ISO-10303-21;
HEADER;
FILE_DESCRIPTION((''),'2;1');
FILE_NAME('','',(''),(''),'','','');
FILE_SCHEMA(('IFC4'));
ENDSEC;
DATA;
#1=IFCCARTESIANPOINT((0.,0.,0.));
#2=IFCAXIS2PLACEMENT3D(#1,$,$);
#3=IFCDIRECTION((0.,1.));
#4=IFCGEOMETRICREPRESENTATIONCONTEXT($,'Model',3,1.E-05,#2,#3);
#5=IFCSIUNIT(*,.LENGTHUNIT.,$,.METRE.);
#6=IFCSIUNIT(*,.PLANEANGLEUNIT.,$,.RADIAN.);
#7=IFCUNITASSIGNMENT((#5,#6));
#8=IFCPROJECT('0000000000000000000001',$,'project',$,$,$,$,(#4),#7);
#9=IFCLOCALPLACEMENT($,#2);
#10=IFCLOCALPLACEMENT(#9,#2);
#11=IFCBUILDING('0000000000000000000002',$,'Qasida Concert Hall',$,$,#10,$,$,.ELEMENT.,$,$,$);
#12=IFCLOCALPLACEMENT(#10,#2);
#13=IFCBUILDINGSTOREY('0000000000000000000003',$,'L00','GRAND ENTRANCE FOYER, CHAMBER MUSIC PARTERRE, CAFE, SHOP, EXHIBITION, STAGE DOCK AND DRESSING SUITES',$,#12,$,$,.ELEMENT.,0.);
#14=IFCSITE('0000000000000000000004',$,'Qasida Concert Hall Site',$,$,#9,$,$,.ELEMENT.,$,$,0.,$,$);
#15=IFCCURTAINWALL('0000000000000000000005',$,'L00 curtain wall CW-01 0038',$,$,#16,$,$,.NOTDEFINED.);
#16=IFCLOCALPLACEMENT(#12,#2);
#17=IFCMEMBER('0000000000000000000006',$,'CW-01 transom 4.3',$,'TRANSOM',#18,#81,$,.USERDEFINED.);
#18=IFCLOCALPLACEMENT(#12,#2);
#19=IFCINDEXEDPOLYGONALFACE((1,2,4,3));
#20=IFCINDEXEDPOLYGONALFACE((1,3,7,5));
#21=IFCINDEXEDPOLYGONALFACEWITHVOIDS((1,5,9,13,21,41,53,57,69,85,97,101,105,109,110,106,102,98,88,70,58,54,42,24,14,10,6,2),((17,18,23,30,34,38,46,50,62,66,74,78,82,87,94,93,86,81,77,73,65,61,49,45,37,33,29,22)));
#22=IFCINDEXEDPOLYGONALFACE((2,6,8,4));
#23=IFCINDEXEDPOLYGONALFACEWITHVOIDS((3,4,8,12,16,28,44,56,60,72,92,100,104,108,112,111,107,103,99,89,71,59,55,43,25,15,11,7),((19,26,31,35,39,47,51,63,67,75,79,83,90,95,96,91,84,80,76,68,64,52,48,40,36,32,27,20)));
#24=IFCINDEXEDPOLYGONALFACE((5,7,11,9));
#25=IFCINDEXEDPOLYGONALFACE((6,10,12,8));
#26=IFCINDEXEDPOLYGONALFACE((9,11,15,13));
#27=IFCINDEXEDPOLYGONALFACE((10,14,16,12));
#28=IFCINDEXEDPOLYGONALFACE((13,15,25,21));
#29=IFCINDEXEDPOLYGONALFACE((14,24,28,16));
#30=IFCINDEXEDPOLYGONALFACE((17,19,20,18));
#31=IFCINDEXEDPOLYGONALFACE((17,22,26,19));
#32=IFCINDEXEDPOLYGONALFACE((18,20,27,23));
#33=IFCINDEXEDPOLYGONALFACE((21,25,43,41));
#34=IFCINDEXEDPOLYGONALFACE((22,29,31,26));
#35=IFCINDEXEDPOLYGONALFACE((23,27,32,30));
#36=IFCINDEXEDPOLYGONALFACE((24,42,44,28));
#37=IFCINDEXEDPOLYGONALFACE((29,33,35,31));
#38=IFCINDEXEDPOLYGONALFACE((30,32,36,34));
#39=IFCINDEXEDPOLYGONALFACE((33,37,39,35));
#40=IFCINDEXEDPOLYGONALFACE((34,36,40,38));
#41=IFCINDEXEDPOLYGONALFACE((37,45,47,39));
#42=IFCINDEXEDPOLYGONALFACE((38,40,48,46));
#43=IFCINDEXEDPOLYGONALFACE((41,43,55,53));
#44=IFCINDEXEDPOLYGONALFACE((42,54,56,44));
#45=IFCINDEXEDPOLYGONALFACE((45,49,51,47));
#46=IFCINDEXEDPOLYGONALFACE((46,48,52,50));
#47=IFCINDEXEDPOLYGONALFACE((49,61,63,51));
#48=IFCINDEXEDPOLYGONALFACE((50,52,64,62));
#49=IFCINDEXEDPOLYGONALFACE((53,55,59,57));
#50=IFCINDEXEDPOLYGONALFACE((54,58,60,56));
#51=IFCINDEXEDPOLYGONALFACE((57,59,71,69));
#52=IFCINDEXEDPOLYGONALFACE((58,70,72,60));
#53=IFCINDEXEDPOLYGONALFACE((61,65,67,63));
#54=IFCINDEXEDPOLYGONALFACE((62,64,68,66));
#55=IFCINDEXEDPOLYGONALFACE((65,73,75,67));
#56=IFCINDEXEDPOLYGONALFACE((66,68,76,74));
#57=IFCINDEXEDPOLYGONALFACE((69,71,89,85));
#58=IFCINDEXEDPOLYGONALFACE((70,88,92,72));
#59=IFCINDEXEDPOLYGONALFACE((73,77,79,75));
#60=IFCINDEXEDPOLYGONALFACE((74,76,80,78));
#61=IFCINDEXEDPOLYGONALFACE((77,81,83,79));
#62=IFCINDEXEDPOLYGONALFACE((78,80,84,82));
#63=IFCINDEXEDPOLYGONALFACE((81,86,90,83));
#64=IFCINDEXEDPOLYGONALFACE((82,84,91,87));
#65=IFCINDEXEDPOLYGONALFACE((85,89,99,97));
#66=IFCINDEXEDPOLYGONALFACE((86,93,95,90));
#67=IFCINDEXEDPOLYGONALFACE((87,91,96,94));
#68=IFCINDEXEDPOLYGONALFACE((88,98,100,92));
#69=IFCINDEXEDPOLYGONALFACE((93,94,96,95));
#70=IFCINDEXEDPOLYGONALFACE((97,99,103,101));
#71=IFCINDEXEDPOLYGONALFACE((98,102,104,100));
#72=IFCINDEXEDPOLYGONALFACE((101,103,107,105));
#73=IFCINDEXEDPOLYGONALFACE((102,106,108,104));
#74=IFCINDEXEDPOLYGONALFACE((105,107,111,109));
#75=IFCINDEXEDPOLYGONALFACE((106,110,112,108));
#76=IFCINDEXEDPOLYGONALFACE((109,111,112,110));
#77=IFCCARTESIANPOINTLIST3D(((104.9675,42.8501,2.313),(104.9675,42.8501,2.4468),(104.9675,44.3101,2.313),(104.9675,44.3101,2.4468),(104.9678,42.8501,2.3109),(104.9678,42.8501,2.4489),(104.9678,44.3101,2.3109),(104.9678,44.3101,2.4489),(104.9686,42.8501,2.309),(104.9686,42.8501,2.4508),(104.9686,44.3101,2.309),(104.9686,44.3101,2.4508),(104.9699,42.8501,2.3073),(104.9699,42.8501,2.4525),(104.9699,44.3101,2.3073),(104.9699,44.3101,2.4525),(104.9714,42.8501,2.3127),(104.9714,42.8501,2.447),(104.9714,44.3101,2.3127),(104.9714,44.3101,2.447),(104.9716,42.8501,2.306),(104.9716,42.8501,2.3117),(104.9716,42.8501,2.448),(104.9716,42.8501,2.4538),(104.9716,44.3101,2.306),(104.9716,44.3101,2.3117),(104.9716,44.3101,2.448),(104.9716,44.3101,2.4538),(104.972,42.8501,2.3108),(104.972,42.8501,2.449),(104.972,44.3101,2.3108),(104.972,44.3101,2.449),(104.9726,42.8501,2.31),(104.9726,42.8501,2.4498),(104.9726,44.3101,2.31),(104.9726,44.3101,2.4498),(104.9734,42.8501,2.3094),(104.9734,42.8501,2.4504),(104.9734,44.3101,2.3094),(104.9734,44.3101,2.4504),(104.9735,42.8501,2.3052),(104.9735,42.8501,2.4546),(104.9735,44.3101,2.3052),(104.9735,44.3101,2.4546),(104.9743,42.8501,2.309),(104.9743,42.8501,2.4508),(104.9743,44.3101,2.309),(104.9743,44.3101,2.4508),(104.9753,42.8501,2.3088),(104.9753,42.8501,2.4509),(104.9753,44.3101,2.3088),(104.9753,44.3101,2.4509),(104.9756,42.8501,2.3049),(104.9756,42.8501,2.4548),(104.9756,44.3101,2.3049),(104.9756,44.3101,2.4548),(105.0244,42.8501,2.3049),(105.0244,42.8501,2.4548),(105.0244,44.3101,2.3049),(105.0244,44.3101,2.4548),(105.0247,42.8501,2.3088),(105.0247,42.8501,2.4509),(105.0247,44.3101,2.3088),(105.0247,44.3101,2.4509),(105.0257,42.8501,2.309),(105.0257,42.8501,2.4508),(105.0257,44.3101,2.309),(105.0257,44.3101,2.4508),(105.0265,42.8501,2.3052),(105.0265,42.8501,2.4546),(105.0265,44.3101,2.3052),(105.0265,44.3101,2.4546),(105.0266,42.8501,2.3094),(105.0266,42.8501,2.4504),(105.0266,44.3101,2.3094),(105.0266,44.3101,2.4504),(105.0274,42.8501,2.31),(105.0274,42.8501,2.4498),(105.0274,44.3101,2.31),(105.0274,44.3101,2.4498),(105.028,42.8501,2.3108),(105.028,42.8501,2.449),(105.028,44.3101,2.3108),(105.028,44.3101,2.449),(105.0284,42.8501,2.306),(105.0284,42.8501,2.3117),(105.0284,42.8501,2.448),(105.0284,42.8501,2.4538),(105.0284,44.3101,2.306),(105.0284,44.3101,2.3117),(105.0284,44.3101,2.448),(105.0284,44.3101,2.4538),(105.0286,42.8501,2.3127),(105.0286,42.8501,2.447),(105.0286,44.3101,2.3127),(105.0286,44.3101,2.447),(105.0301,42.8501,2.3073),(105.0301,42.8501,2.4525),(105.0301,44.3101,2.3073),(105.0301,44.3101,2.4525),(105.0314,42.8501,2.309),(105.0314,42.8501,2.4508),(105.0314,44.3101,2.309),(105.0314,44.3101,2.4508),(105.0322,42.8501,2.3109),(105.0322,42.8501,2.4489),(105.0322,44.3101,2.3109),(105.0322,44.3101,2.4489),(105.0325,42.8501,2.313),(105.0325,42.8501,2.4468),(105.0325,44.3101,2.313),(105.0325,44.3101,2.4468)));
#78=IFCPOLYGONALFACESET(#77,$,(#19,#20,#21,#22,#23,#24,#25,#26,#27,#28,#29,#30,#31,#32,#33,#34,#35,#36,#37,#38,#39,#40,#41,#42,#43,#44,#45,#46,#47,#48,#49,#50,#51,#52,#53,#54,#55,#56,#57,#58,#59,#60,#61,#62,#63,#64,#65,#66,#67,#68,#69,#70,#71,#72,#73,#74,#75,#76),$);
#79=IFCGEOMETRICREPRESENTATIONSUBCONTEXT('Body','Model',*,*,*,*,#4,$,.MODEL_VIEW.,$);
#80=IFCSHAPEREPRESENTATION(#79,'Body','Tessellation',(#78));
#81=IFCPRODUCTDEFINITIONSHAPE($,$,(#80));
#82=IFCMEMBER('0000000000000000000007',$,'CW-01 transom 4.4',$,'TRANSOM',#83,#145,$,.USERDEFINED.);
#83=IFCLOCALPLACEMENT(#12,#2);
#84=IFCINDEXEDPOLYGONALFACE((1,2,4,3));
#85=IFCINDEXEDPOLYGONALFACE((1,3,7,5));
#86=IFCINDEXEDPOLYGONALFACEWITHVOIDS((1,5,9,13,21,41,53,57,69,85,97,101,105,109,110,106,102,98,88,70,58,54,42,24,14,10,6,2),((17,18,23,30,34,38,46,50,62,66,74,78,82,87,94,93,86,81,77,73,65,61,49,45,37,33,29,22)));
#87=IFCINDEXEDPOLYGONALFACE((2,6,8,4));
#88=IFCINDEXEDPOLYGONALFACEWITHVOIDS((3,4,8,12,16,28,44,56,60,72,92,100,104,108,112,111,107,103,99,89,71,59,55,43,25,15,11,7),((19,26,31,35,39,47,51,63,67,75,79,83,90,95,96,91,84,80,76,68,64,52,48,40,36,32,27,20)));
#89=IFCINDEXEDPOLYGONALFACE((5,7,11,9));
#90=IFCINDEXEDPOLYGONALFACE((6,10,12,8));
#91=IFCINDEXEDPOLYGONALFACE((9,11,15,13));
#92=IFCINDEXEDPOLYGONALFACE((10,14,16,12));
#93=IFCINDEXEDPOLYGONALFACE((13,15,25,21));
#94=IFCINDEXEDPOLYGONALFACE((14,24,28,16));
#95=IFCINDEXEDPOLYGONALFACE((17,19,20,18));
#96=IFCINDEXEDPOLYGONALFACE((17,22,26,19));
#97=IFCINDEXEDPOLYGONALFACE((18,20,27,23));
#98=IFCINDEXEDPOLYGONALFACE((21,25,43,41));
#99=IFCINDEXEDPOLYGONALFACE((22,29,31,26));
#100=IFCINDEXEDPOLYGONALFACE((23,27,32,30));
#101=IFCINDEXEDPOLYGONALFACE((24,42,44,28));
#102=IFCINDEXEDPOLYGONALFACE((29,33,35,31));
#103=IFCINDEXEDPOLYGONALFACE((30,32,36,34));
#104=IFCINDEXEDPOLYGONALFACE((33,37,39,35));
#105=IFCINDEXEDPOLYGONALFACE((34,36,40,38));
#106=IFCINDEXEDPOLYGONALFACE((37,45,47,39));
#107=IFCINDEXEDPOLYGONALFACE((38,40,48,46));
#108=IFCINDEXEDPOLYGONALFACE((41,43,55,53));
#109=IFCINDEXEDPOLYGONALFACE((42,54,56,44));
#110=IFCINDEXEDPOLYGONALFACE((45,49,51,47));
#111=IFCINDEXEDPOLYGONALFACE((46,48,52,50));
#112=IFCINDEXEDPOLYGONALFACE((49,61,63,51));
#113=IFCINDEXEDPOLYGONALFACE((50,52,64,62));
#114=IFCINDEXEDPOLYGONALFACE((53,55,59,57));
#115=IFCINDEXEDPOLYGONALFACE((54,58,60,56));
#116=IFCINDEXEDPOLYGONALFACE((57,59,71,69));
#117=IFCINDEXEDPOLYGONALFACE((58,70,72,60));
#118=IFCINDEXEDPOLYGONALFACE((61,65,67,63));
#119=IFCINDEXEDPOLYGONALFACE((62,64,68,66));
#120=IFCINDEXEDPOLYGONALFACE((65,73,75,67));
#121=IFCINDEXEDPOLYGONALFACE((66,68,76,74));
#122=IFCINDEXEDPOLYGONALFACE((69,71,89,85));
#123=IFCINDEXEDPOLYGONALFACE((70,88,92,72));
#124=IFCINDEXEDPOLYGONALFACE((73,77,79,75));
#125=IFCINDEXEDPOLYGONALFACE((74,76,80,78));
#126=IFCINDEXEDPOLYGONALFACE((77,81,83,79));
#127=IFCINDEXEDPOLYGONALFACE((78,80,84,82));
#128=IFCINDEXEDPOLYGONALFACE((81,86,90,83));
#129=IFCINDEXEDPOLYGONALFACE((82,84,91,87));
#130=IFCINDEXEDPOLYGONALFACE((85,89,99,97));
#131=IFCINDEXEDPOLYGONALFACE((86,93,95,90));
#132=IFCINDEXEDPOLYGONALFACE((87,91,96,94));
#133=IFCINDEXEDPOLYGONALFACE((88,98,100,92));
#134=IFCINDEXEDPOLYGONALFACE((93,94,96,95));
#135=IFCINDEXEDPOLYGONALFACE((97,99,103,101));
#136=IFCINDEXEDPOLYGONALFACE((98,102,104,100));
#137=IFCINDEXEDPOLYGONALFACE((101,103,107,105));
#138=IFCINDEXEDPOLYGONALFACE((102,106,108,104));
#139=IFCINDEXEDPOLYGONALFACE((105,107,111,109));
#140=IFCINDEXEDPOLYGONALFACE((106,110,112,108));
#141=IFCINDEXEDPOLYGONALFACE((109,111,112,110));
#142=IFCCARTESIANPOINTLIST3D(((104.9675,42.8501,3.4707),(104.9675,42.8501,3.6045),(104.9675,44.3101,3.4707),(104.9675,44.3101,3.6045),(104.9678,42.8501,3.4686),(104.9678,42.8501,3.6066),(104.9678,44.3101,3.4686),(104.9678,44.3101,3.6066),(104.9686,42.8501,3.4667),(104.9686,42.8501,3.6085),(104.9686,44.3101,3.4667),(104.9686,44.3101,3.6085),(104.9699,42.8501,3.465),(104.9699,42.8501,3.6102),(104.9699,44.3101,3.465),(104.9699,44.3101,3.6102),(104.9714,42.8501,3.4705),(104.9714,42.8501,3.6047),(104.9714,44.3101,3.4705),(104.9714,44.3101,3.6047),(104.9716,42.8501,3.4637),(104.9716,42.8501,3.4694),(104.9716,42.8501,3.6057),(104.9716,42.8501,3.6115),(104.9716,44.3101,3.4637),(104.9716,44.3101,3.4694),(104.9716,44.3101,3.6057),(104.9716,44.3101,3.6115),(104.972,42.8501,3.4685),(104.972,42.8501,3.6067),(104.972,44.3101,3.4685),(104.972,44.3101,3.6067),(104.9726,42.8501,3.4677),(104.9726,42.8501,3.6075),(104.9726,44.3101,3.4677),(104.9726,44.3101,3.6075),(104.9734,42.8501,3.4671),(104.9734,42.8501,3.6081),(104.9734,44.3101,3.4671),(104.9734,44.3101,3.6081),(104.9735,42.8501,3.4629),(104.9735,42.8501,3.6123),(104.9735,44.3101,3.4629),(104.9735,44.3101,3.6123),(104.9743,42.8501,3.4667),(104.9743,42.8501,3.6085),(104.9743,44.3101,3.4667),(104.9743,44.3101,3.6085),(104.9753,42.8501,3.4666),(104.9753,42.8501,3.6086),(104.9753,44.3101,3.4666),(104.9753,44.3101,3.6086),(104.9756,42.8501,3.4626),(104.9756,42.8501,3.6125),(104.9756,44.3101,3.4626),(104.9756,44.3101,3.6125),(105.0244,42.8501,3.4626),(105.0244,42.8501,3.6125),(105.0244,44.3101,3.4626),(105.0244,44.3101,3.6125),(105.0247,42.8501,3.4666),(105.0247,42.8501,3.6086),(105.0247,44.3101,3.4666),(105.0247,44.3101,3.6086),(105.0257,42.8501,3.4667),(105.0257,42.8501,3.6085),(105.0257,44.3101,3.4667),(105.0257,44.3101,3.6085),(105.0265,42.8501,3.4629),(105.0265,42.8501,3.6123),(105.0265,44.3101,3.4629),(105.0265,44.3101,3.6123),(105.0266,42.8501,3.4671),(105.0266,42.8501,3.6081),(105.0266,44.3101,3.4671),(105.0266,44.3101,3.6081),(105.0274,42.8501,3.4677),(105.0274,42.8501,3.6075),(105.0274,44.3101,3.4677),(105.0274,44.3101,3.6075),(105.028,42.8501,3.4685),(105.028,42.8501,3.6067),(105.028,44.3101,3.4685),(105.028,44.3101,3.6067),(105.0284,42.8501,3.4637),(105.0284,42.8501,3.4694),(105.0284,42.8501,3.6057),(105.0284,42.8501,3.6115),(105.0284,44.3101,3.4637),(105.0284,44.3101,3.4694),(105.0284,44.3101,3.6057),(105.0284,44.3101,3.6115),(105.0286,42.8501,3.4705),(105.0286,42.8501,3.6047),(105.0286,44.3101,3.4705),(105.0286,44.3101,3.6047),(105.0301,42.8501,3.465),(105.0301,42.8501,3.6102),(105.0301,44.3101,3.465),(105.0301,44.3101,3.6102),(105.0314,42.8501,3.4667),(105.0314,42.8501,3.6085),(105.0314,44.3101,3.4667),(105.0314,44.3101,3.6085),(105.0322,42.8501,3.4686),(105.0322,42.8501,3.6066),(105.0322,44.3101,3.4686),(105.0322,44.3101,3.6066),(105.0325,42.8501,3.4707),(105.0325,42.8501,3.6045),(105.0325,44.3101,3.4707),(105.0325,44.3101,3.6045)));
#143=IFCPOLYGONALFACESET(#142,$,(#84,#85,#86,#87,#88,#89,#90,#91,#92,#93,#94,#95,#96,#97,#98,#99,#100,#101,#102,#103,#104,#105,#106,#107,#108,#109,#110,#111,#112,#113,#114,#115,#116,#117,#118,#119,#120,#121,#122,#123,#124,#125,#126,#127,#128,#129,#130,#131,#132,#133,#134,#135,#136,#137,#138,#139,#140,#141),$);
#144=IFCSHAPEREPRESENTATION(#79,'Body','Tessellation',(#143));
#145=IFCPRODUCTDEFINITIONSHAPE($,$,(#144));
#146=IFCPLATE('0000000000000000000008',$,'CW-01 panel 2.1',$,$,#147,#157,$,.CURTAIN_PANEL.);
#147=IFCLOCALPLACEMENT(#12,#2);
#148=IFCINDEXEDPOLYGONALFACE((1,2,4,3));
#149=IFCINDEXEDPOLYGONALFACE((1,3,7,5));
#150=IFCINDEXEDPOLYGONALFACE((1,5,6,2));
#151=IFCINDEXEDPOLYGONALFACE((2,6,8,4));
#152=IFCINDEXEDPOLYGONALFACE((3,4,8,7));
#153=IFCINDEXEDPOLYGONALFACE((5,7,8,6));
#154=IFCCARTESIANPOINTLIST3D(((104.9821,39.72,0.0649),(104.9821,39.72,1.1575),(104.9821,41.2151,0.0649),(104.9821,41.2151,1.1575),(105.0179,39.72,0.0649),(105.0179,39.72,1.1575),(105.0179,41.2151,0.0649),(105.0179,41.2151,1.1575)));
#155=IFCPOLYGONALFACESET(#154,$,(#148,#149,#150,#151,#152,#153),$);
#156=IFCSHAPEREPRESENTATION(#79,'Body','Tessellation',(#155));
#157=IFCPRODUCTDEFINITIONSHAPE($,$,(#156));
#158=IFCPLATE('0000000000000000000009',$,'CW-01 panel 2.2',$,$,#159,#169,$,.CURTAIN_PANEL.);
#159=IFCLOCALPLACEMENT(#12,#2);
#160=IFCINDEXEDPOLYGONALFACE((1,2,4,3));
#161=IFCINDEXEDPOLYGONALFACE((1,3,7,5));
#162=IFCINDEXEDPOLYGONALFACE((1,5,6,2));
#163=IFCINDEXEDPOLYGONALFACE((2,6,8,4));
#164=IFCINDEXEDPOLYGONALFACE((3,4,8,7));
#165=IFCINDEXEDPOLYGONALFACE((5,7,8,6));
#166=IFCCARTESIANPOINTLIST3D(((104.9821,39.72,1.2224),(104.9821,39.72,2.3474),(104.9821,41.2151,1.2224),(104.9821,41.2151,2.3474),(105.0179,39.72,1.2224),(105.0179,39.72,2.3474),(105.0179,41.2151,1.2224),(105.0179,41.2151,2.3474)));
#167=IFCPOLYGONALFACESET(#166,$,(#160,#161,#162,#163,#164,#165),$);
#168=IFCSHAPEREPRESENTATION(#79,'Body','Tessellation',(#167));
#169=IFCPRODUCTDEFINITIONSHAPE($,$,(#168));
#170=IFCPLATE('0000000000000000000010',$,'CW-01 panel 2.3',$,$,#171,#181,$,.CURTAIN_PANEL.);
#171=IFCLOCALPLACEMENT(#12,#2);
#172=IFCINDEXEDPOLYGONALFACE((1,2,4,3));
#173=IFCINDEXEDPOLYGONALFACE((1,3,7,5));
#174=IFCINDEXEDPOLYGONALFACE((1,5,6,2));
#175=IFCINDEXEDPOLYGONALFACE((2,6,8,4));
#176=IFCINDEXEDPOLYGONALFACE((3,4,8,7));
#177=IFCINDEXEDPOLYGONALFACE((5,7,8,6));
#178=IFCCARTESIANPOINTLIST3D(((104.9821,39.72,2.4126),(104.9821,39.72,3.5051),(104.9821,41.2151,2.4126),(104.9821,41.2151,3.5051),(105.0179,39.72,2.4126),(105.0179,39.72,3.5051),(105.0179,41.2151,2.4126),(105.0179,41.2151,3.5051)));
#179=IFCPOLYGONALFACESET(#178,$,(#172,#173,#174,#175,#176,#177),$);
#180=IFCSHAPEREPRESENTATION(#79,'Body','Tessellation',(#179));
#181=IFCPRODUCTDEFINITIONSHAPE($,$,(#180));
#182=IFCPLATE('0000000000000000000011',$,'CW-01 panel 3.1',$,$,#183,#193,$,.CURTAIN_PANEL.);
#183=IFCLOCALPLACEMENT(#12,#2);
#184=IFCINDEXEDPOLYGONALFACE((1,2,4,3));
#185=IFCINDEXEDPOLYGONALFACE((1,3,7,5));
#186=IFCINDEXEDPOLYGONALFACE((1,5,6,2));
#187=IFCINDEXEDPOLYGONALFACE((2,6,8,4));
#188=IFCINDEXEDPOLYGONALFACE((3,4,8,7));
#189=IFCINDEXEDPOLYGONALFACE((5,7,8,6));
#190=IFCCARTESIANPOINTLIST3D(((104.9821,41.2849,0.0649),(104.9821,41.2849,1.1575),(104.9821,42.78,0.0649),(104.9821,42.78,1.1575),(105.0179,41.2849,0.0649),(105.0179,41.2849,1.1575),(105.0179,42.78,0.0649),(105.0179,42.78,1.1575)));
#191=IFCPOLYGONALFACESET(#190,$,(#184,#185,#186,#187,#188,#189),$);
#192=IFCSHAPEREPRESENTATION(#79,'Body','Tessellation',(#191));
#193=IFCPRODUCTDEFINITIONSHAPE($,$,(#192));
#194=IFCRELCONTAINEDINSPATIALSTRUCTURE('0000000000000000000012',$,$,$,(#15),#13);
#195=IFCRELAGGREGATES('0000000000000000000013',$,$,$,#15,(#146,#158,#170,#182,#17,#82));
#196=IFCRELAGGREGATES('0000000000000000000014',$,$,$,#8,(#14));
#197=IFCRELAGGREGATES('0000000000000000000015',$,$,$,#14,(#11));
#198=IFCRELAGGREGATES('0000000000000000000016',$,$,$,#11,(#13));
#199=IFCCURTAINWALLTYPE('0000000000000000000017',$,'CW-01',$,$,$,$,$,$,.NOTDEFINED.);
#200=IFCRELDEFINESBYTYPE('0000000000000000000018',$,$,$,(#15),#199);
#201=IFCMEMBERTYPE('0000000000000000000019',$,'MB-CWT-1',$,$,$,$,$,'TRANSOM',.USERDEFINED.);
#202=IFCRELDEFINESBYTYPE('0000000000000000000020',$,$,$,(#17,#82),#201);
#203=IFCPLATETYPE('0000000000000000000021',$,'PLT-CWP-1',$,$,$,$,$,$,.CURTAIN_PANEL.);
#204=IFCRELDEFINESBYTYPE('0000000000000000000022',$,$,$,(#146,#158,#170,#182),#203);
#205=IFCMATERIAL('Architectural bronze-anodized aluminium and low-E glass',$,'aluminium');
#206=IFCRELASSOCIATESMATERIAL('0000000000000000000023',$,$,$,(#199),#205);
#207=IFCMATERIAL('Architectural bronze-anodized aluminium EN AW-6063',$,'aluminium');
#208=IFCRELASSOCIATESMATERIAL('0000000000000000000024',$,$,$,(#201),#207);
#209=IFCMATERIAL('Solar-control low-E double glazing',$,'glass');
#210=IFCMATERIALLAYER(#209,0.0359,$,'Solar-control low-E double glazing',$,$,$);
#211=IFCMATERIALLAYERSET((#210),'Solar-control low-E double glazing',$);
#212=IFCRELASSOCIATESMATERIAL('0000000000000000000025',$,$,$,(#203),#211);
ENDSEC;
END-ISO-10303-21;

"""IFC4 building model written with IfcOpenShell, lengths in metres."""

from ifc_helpers import new_model, si_unit, direction, frame, origin, origin_2d, place, context, subcontext, project, spatial, rectangle, hollow_rectangle, extrude, material, layer, layer_set, material_profile, profile_set, type_object, element, aggregate, save


model = new_model("IFC4")

# Units and contexts
model_context = context("Model", 3, precision=1e-05, world=origin(), true_north=direction((0.0, 1.0)))
body_context = subcontext(model_context, "Body", "Model", "MODEL_VIEW")
ifc_project = project(units=[si_unit("LENGTHUNIT", "METRE"), si_unit("PLANEANGLEUNIT", "RADIAN")], contexts=[model_context])

# Site, building, storey
site_placement = place(None, origin())
site = spatial("IfcSite", under=ifc_project, at=site_placement, Name="Qasida Concert Hall Site", CompositionType="ELEMENT", RefElevation=0.0)
building_placement = place(site_placement, origin())
building = spatial("IfcBuilding", under=site, at=building_placement, Name="Qasida Concert Hall", CompositionType="ELEMENT")
storey_placement = place(building_placement, origin())
storey = spatial("IfcBuildingStorey", under=building, at=storey_placement, Name="L00", Description="GRAND ENTRANCE FOYER, CHAMBER MUSIC PARTERRE, CAFE, SHOP, EXHIBITION, STAGE DOCK AND DRESSING SUITES", CompositionType="ELEMENT", Elevation=0.0)

# Curtain wall, members, plates
ifc_material_1 = material(Name="Architectural bronze-anodized aluminium and low-E glass", Category="aluminium")
curtain_wall_type = type_object("IfcCurtainWallType", Name="CW-01", PredefinedType="NOTDEFINED", material=ifc_material_1)
curtain_wall_placement = place(storey_placement, origin())
curtain_wall = element("IfcCurtainWall", 1, at=curtain_wall_placement, inside=storey, type_object=curtain_wall_type, Name="L00 curtain wall CW-01 0038", PredefinedType="NOTDEFINED")
ifc_material_2 = material(Name="Architectural bronze-anodized aluminium EN AW-6063", Category="aluminium")
ifc_material_profile_1 = material_profile(ifc_material_2, hollow_rectangle(XDim=0.0649, YDim=0.1499, WallThickness=0.0039, InnerFilletRadius=0.0039, OuterFilletRadius=0.0081, at=origin_2d()), Name="CWT 150x65x4")
ifc_profile_set_1 = profile_set([ifc_material_profile_1], Name="Architectural bronze-anodized aluminium EN AW-6063")
member_type_1 = type_object("IfcMemberType", Name="MB-CWT-1", ElementType="TRANSOM", PredefinedType="USERDEFINED", material=ifc_profile_set_1)
member_1_placement = place(storey_placement, frame((105.0, 42.8501, 2.3799), z_axis=(0.0, 1.0, 0.0), x_axis=(-1.0, 0.0, 0.0)))
member_1 = element("IfcMember", 2, at=member_1_placement, type_object=member_type_1, Name="CW-01 transom 4.3", ObjectType="TRANSOM", PredefinedType="USERDEFINED", context=body_context, shape_type="SweptSolid", body=[
    extrude(hollow_rectangle(XDim=0.0649, YDim=0.1499, WallThickness=0.0039, InnerFilletRadius=0.0039, OuterFilletRadius=0.0081, at=origin_2d()), origin(), (0.0, 0.0, 1.0), 1.46),
])
member_2_placement = place(storey_placement, frame((105.0, 42.8501, 3.5376), z_axis=(0.0, 1.0, 0.0), x_axis=(-1.0, 0.0, 0.0)))
member_2 = element("IfcMember", 3, at=member_2_placement, type_object=member_type_1, Name="CW-01 transom 4.4", ObjectType="TRANSOM", PredefinedType="USERDEFINED", context=body_context, shape_type="SweptSolid", body=[
    extrude(hollow_rectangle(XDim=0.0649, YDim=0.1499, WallThickness=0.0039, InnerFilletRadius=0.0039, OuterFilletRadius=0.0081, at=origin_2d()), origin(), (0.0, 0.0, 1.0), 1.46),
])
ifc_material_3 = material(Name="Solar-control low-E double glazing", Category="glass")
ifc_layer_1 = layer(ifc_material_3, 0.0359, Name="Solar-control low-E double glazing")
ifc_layer_set_1 = layer_set([ifc_layer_1], Name="Solar-control low-E double glazing")
plate_type = type_object("IfcPlateType", Name="PLT-CWP-1", PredefinedType="CURTAIN_PANEL", material=ifc_layer_set_1)
plate_1_placement = place(storey_placement, frame((105.0, 40.4675, 0.0649), z_axis=(0.0, 0.0, 1.0), x_axis=(0.0, 1.0, 0.0)))
plate_1 = element("IfcPlate", 4, at=plate_1_placement, type_object=plate_type, Name="CW-01 panel 2.1", PredefinedType="CURTAIN_PANEL", context=body_context, shape_type="SweptSolid", body=[
    extrude(rectangle(XDim=1.4951, YDim=0.0359, at=origin_2d()), origin(), (0.0, 0.0, 1.0), 1.0925),
])
plate_2_placement = place(storey_placement, frame((105.0, 40.4675, 1.2224), z_axis=(0.0, 0.0, 1.0), x_axis=(0.0, 1.0, 0.0)))
plate_2 = element("IfcPlate", 5, at=plate_2_placement, type_object=plate_type, Name="CW-01 panel 2.2", PredefinedType="CURTAIN_PANEL", context=body_context, shape_type="SweptSolid", body=[
    extrude(rectangle(XDim=1.4951, YDim=0.0359, at=origin_2d()), origin(), (0.0, 0.0, 1.0), 1.125),
])
plate_3_placement = place(storey_placement, frame((105.0, 40.4675, 2.4126), z_axis=(0.0, 0.0, 1.0), x_axis=(0.0, 1.0, 0.0)))
plate_3 = element("IfcPlate", 6, at=plate_3_placement, type_object=plate_type, Name="CW-01 panel 2.3", PredefinedType="CURTAIN_PANEL", context=body_context, shape_type="SweptSolid", body=[
    extrude(rectangle(XDim=1.4951, YDim=0.0359, at=origin_2d()), origin(), (0.0, 0.0, 1.0), 1.0925),
])
plate_4_placement = place(storey_placement, frame((105.0, 42.0325, 0.0649), z_axis=(0.0, 0.0, 1.0), x_axis=(0.0, 1.0, 0.0)))
plate_4 = element("IfcPlate", 7, at=plate_4_placement, type_object=plate_type, Name="CW-01 panel 3.1", PredefinedType="CURTAIN_PANEL", context=body_context, shape_type="SweptSolid", body=[
    extrude(rectangle(XDim=1.4951, YDim=0.0359, at=origin_2d()), origin(), (0.0, 0.0, 1.0), 1.0925),
])
aggregate(curtain_wall, [plate_1, plate_2, plate_3, plate_4, member_1, member_2])

save(model, "model.ifc")
